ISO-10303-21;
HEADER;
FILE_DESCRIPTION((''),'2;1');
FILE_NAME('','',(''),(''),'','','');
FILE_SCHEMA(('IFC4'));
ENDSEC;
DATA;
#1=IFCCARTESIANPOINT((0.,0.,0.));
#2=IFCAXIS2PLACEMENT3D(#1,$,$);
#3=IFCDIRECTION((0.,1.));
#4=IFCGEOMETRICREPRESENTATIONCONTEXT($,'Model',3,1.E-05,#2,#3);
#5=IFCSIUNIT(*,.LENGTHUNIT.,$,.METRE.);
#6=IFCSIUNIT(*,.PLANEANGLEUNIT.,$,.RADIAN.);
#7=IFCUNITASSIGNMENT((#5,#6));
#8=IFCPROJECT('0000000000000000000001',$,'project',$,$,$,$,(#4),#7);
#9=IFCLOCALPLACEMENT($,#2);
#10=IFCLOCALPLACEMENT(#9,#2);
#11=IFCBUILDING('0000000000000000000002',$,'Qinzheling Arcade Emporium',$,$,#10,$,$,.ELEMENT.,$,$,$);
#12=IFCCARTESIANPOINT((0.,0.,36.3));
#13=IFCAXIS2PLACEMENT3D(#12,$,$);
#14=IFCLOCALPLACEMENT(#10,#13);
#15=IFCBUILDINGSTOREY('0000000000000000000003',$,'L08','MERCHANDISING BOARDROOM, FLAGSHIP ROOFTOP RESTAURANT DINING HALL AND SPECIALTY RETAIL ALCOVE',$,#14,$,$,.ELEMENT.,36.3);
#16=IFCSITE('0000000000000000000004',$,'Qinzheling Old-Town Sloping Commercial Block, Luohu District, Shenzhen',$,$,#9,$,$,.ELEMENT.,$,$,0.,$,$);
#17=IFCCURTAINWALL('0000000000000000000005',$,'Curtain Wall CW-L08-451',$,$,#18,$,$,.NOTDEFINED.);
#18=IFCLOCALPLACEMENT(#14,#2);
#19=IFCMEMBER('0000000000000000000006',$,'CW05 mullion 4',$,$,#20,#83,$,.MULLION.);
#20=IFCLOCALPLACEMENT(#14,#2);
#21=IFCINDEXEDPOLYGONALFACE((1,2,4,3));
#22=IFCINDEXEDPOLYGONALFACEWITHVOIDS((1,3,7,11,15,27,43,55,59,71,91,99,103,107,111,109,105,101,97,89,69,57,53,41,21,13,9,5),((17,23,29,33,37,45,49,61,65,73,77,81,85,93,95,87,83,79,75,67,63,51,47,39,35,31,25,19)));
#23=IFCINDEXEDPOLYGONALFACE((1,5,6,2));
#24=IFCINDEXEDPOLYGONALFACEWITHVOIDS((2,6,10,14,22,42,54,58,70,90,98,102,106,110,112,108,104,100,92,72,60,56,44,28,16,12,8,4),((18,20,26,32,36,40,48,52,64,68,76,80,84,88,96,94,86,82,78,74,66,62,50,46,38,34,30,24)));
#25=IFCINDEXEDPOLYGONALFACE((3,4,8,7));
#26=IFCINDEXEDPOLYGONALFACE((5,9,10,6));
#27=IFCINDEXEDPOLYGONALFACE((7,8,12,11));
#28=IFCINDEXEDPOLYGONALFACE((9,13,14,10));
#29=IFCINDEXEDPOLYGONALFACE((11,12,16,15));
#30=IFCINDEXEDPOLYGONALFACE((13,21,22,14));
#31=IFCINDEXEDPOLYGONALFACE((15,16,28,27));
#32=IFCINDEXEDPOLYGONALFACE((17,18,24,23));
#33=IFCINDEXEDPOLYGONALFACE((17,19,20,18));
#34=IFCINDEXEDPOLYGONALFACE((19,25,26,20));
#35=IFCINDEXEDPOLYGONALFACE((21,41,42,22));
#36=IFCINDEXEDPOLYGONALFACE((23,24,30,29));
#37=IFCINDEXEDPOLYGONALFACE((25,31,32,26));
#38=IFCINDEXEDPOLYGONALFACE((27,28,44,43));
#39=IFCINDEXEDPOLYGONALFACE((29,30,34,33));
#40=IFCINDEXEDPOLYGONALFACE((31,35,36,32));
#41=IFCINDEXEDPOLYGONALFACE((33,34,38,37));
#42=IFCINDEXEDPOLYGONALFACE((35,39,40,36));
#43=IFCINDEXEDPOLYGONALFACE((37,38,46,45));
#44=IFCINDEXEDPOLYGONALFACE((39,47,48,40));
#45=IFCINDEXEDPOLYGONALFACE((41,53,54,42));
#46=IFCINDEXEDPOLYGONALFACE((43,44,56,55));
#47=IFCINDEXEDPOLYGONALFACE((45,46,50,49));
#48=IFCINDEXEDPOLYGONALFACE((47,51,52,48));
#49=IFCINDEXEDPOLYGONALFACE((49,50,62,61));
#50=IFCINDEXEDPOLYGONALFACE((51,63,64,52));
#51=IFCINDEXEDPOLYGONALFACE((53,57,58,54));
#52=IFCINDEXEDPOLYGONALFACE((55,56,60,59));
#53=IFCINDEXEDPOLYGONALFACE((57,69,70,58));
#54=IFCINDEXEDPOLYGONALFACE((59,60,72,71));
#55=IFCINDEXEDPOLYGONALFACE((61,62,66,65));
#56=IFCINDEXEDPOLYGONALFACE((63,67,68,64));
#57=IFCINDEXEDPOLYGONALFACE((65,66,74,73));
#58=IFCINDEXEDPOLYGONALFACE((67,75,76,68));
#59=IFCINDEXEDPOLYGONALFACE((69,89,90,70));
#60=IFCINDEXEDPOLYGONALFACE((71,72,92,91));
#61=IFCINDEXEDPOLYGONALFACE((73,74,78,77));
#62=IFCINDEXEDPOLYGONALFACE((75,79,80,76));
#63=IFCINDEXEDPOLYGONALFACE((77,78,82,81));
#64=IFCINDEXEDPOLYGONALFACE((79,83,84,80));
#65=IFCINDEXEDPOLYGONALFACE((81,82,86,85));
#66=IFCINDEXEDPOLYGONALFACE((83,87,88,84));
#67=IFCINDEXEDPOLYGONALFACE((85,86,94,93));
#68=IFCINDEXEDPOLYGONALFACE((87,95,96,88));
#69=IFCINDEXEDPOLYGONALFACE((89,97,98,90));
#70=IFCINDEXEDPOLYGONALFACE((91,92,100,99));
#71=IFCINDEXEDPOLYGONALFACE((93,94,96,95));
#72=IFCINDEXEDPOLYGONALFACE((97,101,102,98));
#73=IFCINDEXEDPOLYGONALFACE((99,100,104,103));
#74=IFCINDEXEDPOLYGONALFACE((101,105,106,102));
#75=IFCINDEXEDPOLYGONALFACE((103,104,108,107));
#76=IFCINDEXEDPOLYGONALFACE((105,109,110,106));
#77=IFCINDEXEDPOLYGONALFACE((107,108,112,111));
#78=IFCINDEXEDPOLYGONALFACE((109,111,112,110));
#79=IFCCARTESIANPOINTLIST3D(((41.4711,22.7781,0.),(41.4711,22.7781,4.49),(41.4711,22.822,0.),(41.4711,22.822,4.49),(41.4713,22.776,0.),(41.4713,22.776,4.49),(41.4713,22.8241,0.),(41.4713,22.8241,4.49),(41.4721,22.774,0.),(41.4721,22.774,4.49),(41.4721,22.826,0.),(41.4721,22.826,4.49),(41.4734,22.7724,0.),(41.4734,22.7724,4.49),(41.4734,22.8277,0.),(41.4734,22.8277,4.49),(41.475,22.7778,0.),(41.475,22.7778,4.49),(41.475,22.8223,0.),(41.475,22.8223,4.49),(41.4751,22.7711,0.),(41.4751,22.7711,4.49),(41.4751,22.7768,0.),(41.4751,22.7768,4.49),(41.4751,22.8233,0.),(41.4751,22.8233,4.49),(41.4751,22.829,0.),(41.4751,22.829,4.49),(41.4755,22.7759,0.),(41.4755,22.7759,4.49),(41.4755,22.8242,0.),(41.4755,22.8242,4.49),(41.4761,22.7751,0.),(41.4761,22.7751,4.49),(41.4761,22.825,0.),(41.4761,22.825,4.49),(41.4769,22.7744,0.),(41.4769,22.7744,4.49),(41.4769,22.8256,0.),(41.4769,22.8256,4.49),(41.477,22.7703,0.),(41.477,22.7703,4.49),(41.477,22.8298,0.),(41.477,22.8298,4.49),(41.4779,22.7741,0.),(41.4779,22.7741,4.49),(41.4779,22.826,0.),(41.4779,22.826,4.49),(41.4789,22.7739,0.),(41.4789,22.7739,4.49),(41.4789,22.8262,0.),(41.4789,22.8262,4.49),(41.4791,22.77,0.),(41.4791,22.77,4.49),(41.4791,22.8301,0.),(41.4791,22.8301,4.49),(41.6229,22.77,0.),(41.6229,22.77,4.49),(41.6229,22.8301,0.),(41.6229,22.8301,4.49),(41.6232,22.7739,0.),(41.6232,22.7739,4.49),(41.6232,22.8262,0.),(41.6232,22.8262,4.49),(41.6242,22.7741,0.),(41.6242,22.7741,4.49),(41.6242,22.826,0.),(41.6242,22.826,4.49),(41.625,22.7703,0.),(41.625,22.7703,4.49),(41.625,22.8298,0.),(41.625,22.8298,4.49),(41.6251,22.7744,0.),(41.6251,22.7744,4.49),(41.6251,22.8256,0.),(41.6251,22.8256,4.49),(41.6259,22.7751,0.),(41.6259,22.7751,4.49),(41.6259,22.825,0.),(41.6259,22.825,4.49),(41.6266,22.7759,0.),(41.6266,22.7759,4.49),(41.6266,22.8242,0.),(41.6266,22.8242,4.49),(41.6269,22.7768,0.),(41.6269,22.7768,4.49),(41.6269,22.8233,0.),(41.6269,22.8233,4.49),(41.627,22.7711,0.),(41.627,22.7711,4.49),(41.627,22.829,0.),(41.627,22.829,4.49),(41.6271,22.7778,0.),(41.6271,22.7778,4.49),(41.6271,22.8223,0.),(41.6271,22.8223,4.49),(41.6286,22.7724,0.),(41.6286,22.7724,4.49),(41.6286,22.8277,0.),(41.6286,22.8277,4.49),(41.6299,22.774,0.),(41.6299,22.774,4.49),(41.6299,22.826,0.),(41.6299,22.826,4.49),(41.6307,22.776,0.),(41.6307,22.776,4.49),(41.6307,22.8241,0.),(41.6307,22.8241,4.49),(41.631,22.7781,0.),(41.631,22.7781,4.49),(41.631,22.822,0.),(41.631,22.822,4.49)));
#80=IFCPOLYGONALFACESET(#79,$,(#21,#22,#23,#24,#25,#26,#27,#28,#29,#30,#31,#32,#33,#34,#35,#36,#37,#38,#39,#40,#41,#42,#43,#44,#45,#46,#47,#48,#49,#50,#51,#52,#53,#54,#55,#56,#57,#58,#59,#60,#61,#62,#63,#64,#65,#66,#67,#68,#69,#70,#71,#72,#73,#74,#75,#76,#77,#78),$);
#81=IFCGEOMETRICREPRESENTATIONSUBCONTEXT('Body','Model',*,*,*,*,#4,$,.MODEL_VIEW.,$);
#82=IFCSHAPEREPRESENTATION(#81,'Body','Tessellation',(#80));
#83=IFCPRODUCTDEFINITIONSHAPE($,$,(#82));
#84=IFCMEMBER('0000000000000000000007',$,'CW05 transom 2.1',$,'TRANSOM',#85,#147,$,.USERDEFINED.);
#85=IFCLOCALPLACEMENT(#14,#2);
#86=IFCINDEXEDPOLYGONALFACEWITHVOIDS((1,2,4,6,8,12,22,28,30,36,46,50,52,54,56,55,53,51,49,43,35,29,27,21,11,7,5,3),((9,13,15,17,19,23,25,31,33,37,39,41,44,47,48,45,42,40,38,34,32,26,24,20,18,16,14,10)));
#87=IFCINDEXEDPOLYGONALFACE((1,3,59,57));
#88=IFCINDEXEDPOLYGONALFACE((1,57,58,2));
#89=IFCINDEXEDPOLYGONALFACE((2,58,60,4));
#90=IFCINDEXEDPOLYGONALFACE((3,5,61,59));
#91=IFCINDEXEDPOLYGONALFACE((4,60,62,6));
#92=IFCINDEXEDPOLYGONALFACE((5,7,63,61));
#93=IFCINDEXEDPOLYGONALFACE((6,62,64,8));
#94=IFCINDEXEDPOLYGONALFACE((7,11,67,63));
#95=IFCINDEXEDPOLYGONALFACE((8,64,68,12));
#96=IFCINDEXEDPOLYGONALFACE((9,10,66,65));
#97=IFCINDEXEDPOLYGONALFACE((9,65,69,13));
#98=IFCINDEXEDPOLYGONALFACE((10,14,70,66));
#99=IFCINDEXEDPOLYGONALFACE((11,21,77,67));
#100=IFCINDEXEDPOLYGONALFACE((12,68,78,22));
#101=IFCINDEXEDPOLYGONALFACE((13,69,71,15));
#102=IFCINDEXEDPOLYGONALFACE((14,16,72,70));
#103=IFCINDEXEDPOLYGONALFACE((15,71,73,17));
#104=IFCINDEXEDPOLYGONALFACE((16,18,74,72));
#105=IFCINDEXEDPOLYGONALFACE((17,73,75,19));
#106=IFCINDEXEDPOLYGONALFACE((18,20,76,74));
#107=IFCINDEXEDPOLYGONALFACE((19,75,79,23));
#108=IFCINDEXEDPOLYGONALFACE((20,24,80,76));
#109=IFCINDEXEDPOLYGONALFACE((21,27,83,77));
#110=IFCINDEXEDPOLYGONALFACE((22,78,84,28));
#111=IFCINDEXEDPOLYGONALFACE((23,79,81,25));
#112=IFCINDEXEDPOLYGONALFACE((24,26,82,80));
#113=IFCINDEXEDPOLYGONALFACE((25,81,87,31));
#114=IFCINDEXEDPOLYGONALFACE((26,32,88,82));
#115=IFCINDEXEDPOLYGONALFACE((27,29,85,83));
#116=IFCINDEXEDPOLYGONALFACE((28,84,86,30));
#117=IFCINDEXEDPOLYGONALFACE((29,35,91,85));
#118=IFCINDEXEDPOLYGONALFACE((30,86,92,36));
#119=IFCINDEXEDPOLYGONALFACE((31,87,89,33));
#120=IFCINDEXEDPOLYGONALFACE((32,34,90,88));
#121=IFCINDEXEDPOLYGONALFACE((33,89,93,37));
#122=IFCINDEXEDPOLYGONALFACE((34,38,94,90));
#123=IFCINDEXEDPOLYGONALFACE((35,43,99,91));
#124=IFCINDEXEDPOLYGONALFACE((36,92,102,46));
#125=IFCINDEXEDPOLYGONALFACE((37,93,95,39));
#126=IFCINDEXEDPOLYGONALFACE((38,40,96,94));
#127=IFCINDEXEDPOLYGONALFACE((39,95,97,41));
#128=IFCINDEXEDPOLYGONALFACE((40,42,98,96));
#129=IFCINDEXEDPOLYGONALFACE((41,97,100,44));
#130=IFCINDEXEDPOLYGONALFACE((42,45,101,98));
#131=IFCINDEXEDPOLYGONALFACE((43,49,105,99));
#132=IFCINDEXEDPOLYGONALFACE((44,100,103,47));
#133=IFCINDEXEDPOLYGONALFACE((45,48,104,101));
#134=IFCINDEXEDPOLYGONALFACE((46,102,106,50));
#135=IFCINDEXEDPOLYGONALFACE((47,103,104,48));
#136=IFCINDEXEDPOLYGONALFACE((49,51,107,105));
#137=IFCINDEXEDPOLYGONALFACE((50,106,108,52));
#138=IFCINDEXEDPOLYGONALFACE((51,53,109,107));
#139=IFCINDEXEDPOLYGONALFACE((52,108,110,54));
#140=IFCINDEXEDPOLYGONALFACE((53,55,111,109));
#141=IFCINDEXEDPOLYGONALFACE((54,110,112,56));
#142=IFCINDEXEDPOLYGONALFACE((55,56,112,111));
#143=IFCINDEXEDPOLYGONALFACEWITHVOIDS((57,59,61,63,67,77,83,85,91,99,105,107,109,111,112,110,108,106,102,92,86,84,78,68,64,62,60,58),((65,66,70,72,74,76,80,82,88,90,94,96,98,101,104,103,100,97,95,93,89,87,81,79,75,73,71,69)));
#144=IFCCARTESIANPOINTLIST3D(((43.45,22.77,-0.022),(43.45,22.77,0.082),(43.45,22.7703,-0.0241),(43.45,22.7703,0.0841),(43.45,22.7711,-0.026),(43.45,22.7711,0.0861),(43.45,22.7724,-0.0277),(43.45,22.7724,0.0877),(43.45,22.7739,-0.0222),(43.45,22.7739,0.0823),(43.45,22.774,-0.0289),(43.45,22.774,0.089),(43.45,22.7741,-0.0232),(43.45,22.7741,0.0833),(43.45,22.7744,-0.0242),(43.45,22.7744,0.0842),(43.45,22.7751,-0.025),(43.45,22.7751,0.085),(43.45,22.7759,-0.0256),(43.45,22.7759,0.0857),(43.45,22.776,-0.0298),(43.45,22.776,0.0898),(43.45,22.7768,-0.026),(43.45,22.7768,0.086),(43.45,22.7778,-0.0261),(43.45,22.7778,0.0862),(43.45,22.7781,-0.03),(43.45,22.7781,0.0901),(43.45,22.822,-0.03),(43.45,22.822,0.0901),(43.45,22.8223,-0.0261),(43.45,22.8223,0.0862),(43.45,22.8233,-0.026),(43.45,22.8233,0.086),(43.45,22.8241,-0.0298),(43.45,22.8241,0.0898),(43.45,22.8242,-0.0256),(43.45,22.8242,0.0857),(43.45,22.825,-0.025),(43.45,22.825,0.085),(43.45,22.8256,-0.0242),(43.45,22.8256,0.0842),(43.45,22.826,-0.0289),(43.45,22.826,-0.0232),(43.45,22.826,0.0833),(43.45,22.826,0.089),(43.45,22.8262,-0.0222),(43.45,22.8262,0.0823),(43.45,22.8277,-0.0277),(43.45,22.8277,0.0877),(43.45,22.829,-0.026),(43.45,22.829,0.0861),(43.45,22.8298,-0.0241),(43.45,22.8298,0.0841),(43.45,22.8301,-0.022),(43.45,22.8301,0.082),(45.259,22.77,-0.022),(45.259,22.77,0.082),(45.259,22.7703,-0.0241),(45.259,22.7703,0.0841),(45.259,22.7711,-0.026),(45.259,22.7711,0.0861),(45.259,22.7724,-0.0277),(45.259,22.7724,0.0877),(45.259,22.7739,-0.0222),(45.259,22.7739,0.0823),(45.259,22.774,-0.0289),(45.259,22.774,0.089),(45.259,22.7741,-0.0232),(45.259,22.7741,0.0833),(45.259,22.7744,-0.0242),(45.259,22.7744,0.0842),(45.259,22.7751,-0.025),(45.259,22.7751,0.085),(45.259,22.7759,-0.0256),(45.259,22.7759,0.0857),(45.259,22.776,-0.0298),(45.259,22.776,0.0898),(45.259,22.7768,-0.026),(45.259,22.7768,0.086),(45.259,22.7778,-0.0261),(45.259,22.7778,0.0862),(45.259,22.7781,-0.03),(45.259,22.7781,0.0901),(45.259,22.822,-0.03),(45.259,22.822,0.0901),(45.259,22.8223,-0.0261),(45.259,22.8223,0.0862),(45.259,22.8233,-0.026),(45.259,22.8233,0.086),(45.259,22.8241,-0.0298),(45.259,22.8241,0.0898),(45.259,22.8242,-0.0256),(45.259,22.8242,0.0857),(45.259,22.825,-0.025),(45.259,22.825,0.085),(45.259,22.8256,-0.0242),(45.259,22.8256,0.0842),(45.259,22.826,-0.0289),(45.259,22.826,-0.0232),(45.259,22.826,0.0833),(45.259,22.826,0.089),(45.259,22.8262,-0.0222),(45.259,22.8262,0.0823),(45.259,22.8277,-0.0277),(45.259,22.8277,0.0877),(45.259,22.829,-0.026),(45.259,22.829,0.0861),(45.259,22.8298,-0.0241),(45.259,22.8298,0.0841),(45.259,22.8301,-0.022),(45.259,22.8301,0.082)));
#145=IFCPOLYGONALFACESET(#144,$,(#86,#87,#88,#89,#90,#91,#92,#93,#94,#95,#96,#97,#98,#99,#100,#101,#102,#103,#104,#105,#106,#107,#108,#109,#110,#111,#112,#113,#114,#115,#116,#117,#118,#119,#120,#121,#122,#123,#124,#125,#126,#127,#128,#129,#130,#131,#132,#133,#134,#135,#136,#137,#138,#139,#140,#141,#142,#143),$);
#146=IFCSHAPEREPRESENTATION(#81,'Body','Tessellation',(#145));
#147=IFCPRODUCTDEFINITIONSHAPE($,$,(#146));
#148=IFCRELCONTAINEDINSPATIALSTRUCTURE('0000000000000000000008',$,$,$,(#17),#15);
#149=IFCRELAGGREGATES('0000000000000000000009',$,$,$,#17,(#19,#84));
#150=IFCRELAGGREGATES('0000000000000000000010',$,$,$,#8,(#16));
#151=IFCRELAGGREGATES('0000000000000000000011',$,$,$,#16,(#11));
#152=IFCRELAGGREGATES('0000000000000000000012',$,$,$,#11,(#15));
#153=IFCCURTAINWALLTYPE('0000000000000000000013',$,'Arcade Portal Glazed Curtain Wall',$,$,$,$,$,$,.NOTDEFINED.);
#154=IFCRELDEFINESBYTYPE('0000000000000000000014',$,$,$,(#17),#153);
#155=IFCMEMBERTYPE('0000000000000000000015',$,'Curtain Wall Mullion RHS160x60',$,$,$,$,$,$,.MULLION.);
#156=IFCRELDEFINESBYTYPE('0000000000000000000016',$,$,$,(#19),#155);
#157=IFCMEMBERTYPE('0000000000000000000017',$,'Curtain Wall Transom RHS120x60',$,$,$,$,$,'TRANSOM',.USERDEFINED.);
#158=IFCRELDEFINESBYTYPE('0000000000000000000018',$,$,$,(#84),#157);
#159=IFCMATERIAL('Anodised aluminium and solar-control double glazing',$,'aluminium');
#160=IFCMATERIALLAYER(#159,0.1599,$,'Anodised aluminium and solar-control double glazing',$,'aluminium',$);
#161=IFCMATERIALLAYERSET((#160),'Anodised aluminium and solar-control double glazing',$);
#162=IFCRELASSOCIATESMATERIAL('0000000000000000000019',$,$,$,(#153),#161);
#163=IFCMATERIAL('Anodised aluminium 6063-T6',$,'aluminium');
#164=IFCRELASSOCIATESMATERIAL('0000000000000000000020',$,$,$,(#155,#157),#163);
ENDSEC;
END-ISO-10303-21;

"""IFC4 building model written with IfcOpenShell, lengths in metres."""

from ifc_helpers import new_model, si_unit, direction, frame, origin, origin_2d, place, context, subcontext, project, spatial, hollow_rectangle, extrude, material, layer, layer_set, material_profile, profile_set, type_object, element, aggregate, save


model = new_model("IFC4")

# Units and contexts
model_context = context("Model", 3, precision=1e-05, world=origin(), true_north=direction((0.0, 1.0)))
body_context = subcontext(model_context, "Body", "Model", "MODEL_VIEW")
ifc_project = project(units=[si_unit("LENGTHUNIT", "METRE"), si_unit("PLANEANGLEUNIT", "RADIAN")], contexts=[model_context])

# Site, building, storey
site_placement = place(None, origin())
site = spatial("IfcSite", under=ifc_project, at=site_placement, Name="Qinzheling Old-Town Sloping Commercial Block, Luohu District, Shenzhen", CompositionType="ELEMENT", RefElevation=0.0)
building_placement = place(site_placement, origin())
building = spatial("IfcBuilding", under=site, at=building_placement, Name="Qinzheling Arcade Emporium", CompositionType="ELEMENT")
storey_placement = place(building_placement, frame((0.0, 0.0, 36.3)))
storey = spatial("IfcBuildingStorey", under=building, at=storey_placement, Name="L08", Description="MERCHANDISING BOARDROOM, FLAGSHIP ROOFTOP RESTAURANT DINING HALL AND SPECIALTY RETAIL ALCOVE", CompositionType="ELEMENT", Elevation=36.3)

# Curtain wall, members
ifc_material_1 = material(Name="Anodised aluminium and solar-control double glazing", Category="aluminium")
ifc_layer_1 = layer(ifc_material_1, 0.1599, Name="Anodised aluminium and solar-control double glazing", Category="aluminium")
ifc_layer_set_1 = layer_set([ifc_layer_1], Name="Anodised aluminium and solar-control double glazing")
curtain_wall_type = type_object("IfcCurtainWallType", Name="Arcade Portal Glazed Curtain Wall", PredefinedType="NOTDEFINED", material=ifc_layer_set_1)
curtain_wall_placement = place(storey_placement, origin())
curtain_wall = element("IfcCurtainWall", 1, at=curtain_wall_placement, inside=storey, type_object=curtain_wall_type, Name="Curtain Wall CW-L08-451", PredefinedType="NOTDEFINED")
ifc_material_2 = material(Name="Anodised aluminium 6063-T6", Category="aluminium")
ifc_material_profile_1 = material_profile(ifc_material_2, hollow_rectangle(XDim=0.0601, YDim=0.1599, WallThickness=0.0039, InnerFilletRadius=0.0039, OuterFilletRadius=0.0081, at=origin_2d()), Name="RHS 160x60x4", Category="aluminium")
ifc_profile_set_1 = profile_set([ifc_material_profile_1], Name="Anodised aluminium 6063-T6")
member_type_1 = type_object("IfcMemberType", Name="Curtain Wall Mullion RHS160x60", PredefinedType="MULLION", material=ifc_profile_set_1)
member_1_placement = place(storey_placement, frame((41.551, 22.8, 0.0), z_axis=(0.0, 0.0, 1.0), x_axis=(0.0, -1.0, 0.0)))
member_1 = element("IfcMember", 2, at=member_1_placement, type_object=member_type_1, Name="CW05 mullion 4", PredefinedType="MULLION", context=body_context, shape_type="SweptSolid", body=[
    extrude(hollow_rectangle(XDim=0.0601, YDim=0.1599, WallThickness=0.0039, InnerFilletRadius=0.0039, OuterFilletRadius=0.0081, at=origin_2d()), origin(), (0.0, 0.0, 1.0), 4.49),
])
ifc_material_profile_2 = material_profile(ifc_material_2, hollow_rectangle(XDim=0.0601, YDim=0.1201, WallThickness=0.0039, InnerFilletRadius=0.0039, OuterFilletRadius=0.0081, at=origin_2d()), Name="RHS 120x60x4", Category="aluminium")
ifc_profile_set_2 = profile_set([ifc_material_profile_2], Name="Anodised aluminium 6063-T6")
member_type_2 = type_object("IfcMemberType", Name="Curtain Wall Transom RHS120x60", ElementType="TRANSOM", PredefinedType="USERDEFINED", material=ifc_profile_set_2)
member_2_placement = place(storey_placement, frame((45.259, 22.8, 0.03), z_axis=(-1.0, 0.0, 0.0), x_axis=(0.0, -1.0, 0.0)))
member_2 = element("IfcMember", 3, at=member_2_placement, type_object=member_type_2, Name="CW05 transom 2.1", ObjectType="TRANSOM", PredefinedType="USERDEFINED", context=body_context, shape_type="SweptSolid", body=[
    extrude(hollow_rectangle(XDim=0.0601, YDim=0.1201, WallThickness=0.0039, InnerFilletRadius=0.0039, OuterFilletRadius=0.0081, at=origin_2d()), origin(), (0.0, 0.0, 1.0), 1.8091),
])

aggregate(curtain_wall, [member_1, member_2])

save(model, "model.ifc")
